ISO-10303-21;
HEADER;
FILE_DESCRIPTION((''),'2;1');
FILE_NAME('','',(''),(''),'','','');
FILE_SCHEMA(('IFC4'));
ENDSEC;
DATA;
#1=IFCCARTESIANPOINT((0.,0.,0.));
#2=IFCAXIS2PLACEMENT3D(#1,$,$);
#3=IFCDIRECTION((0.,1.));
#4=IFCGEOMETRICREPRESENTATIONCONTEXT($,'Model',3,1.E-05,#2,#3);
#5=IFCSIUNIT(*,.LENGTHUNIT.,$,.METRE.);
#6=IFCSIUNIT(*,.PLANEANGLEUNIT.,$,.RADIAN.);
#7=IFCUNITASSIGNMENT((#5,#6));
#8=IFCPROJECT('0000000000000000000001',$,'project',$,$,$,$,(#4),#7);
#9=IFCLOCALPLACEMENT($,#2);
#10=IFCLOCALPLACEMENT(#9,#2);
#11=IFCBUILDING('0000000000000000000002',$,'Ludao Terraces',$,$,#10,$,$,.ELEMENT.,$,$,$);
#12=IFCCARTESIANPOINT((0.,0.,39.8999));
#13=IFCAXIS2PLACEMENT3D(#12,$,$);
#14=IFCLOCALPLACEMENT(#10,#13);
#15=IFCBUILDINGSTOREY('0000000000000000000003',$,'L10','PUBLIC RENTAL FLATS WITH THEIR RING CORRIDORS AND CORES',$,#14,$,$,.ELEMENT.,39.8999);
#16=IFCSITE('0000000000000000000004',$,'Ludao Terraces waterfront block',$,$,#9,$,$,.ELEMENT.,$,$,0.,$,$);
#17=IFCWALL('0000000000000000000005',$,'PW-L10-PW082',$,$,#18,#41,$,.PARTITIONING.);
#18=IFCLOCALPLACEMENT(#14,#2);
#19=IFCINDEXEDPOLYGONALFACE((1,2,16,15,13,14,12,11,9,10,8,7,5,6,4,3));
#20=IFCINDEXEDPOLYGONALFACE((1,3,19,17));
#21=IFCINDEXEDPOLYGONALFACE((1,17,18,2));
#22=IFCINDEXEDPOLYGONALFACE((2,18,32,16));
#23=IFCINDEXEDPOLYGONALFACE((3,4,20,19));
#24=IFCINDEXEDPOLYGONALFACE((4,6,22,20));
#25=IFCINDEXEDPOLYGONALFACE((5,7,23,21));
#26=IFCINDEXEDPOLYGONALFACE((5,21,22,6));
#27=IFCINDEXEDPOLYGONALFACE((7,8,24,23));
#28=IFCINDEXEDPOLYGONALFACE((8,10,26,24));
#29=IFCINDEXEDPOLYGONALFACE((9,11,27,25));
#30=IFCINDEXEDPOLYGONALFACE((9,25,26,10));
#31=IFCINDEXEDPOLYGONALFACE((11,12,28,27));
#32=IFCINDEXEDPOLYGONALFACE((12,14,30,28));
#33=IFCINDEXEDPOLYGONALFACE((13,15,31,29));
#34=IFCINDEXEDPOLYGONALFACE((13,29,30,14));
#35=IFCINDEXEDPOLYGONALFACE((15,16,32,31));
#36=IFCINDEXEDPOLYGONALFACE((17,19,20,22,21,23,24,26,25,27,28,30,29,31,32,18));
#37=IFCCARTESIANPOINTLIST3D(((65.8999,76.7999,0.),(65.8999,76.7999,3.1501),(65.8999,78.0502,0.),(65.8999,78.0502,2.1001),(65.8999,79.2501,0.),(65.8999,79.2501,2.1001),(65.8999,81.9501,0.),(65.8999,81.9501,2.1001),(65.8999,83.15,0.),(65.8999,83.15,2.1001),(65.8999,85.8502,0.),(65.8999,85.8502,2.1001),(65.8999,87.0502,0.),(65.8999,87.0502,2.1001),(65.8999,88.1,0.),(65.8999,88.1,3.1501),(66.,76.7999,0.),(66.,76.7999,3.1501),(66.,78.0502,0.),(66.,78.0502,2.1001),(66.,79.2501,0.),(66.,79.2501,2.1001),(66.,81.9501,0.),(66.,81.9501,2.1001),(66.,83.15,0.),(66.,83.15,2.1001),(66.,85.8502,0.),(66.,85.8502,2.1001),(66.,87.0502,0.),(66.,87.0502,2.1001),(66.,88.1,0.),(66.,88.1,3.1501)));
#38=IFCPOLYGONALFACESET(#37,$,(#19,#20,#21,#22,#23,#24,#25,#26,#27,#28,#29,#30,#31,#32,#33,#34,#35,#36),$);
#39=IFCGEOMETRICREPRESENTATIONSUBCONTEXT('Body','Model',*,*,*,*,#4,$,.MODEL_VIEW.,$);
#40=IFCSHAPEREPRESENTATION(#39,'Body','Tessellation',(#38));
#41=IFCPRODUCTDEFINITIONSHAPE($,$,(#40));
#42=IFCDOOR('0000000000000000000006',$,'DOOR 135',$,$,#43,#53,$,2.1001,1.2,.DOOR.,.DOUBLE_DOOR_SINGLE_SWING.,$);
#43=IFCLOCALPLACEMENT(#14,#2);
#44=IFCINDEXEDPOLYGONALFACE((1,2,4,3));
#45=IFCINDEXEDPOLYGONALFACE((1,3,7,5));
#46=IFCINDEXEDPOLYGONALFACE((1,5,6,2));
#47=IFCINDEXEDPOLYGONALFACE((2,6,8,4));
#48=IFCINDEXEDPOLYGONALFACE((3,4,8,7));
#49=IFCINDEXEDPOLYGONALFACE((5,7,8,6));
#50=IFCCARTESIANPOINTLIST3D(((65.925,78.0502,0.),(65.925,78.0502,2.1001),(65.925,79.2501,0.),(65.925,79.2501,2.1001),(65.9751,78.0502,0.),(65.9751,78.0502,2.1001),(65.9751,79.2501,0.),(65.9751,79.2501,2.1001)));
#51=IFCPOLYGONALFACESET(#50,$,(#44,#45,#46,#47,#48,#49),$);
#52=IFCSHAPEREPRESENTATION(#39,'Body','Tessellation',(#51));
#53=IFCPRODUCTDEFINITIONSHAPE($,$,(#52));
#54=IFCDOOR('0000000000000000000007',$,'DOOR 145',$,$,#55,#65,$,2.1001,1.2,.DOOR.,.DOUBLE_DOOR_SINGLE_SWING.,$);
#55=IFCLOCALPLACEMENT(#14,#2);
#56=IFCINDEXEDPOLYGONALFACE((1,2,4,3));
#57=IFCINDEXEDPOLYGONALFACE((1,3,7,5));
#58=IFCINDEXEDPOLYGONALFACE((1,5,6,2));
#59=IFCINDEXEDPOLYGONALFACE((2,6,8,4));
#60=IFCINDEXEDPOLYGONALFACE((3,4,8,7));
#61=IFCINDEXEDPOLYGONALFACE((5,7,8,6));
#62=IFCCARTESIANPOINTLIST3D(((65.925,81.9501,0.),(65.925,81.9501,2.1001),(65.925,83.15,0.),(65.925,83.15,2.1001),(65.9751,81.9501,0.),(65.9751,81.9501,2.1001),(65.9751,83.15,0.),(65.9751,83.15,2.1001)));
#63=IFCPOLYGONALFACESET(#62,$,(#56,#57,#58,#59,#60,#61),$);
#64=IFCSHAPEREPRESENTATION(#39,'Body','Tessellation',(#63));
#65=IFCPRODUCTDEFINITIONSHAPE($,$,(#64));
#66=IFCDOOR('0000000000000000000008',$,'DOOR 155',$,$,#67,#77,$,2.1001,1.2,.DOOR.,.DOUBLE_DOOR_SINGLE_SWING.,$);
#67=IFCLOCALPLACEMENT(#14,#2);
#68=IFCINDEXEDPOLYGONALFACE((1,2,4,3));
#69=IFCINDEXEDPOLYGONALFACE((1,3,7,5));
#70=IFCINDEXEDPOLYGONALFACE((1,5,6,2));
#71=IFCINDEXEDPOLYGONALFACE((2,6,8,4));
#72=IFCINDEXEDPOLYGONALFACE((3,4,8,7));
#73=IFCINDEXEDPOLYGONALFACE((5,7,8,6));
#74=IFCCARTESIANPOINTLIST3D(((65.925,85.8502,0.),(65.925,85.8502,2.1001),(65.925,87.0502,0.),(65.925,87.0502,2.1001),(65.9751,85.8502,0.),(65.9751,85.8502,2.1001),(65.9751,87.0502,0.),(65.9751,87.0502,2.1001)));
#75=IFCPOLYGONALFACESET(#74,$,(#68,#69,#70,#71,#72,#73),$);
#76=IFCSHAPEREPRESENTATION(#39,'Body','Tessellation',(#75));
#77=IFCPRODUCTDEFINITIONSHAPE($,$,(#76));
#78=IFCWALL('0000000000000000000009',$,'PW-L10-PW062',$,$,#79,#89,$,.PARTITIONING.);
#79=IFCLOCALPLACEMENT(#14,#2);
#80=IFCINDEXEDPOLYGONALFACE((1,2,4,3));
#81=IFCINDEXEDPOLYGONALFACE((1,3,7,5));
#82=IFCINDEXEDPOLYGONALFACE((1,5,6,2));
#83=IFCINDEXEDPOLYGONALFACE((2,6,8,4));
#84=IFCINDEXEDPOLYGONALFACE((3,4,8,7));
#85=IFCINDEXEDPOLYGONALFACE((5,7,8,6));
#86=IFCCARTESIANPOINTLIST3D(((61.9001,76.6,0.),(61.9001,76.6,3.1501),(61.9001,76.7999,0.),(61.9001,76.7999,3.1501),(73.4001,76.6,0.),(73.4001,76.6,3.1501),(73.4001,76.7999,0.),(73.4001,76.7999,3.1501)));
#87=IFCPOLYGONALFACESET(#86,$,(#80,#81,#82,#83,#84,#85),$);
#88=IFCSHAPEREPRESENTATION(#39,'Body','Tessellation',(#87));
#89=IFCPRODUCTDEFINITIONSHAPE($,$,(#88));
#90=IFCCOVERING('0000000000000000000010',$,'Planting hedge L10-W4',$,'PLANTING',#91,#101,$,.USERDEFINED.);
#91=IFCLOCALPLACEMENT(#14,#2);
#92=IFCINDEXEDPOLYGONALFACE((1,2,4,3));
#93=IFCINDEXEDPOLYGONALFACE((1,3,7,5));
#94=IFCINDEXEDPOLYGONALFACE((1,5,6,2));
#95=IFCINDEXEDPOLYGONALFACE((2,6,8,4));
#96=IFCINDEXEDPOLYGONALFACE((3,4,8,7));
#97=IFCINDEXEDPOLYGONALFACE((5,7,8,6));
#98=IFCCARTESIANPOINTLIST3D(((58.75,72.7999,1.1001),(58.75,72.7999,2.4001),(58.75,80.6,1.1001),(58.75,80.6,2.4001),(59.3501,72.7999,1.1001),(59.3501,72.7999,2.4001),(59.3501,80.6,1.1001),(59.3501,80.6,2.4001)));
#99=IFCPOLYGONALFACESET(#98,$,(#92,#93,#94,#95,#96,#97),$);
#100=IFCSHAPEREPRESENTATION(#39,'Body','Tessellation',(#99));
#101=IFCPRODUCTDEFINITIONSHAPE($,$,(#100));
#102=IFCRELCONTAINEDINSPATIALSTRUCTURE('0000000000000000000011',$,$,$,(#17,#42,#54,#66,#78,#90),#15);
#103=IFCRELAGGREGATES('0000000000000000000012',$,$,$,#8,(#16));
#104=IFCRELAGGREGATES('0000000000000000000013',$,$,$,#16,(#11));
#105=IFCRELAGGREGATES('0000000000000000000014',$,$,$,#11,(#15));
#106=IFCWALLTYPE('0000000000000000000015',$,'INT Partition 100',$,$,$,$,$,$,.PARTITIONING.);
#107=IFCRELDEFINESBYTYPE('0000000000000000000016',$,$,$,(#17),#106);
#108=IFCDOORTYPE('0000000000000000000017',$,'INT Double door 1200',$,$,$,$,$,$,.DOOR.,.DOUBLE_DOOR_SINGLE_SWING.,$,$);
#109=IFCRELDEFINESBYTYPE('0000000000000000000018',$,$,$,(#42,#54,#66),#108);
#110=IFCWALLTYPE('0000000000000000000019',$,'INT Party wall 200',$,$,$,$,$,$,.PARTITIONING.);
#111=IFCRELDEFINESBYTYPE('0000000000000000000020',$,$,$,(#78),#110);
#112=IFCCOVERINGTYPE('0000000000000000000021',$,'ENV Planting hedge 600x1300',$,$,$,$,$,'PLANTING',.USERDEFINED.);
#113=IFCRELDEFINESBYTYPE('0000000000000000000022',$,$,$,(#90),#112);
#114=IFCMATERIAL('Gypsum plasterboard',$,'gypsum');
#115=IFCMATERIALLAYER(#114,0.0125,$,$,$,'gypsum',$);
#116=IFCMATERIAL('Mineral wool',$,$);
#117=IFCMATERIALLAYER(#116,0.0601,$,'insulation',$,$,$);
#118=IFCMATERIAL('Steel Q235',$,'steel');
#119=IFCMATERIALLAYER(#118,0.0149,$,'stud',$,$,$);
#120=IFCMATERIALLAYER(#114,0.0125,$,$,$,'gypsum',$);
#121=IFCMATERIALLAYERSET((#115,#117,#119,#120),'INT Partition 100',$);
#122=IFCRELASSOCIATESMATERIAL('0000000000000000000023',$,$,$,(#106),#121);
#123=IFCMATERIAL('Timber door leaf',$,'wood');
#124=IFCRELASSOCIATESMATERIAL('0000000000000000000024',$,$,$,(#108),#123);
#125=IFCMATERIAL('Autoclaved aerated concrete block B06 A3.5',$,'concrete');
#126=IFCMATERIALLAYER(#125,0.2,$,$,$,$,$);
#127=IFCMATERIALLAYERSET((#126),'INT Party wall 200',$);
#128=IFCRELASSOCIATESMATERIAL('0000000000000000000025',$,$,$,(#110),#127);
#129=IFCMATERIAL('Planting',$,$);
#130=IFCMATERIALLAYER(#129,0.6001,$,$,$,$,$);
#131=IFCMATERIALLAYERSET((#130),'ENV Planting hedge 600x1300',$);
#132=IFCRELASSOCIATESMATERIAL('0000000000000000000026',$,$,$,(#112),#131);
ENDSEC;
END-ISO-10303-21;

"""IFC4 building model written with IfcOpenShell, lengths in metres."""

from ifc_helpers import new_model, si_unit, direction, frame, frame_2d, origin, origin_2d, place, context, subcontext, project, spatial, rectangle, extrude, material, layer, layer_set, type_object, element, fill, save


model = new_model("IFC4")

# Units and contexts
model_context = context("Model", 3, precision=1e-05, world=origin(), true_north=direction((0.0, 1.0)))
body_context = subcontext(model_context, "Body", "Model", "MODEL_VIEW")
ifc_project = project(units=[si_unit("LENGTHUNIT", "METRE"), si_unit("PLANEANGLEUNIT", "RADIAN")], contexts=[model_context])

# Site, building, storey
site_placement = place(None, origin())
site = spatial("IfcSite", under=ifc_project, at=site_placement, Name="Ludao Terraces waterfront block", CompositionType="ELEMENT", RefElevation=0.0)
building_placement = place(site_placement, origin())
building = spatial("IfcBuilding", under=site, at=building_placement, Name="Ludao Terraces", CompositionType="ELEMENT")
storey_placement = place(building_placement, frame((0.0, 0.0, 39.8999)))
storey = spatial("IfcBuildingStorey", under=building, at=storey_placement, Name="L10", Description="PUBLIC RENTAL FLATS WITH THEIR RING CORRIDORS AND CORES", CompositionType="ELEMENT", Elevation=39.8999)

# Shared definitions
ifc_material_1 = material(Name="Mineral wool")

# Shared definitions
ifc_material_2 = material(Name="Gypsum plasterboard", Category="gypsum")
ifc_layer_1 = layer(ifc_material_2, 0.0125, Category="gypsum")
ifc_layer_2 = layer(ifc_material_1, 0.0601, Name="insulation")
ifc_material_3 = material(Name="Steel Q235", Category="steel")
ifc_layer_3 = layer(ifc_material_3, 0.0149, Name="stud")
ifc_layer_4 = layer(ifc_material_2, 0.0125, Category="gypsum")
ifc_layer_set_1 = layer_set([ifc_layer_1, ifc_layer_2, ifc_layer_3, ifc_layer_4], Name="INT Partition 100")
wall_type_1 = type_object("IfcWallType", Name="INT Partition 100", PredefinedType="PARTITIONING", material=ifc_layer_set_1)

# Wall, openings, doors
ifc_material_4 = material(Name="Timber door leaf", Category="wood")
door_type_1 = type_object("IfcDoorType", Name="INT Double door 1200", OperationType="DOUBLE_DOOR_SINGLE_SWING", PredefinedType="DOOR", material=ifc_material_4)
wall_1_placement = place(storey_placement, frame((65.95, 76.8, 0.0), z_axis=(0.0, 0.0, 1.0), x_axis=(0.0, 1.0, 0.0)))
wall_1 = element("IfcWall", 1, at=wall_1_placement, inside=storey, type_object=wall_type_1, Name="PW-L10-PW082", PredefinedType="PARTITIONING", context=body_context, shape_type="SweptSolid", body=[
    extrude(rectangle(XDim=11.3, YDim=0.1001, at=frame_2d((5.6499, 0.0))), origin(), (0.0, 0.0, 1.0), 3.1501),
])
opening_1_placement = place(wall_1_placement, frame((1.25, 0.0, 0.0)))
opening_1 = element("IfcOpeningElement", 2, at=opening_1_placement, cuts=wall_1, PredefinedType="OPENING", context=body_context, shape_type="SweptSolid", body=[
    extrude(rectangle(XDim=1.2, YDim=2.1001, at=frame_2d((0.6001, 1.05))), frame((0.0, 0.0601, 0.0), z_axis=(0.0, -1.0, 0.0), x_axis=(1.0, 0.0, 0.0)), (0.0, 0.0, 1.0), 0.1201),
])
opening_2_placement = place(wall_1_placement, frame((5.1499, 0.0, 0.0)))
opening_2 = element("IfcOpeningElement", 3, at=opening_2_placement, cuts=wall_1, PredefinedType="OPENING", context=body_context, shape_type="SweptSolid", body=[
    extrude(rectangle(XDim=1.2, YDim=2.1001, at=frame_2d((0.6001, 1.05))), frame((0.0, 0.0601, 0.0), z_axis=(0.0, -1.0, 0.0), x_axis=(1.0, 0.0, 0.0)), (0.0, 0.0, 1.0), 0.1201),
])
opening_3_placement = place(wall_1_placement, frame((9.05, 0.0, 0.0)))
opening_3 = element("IfcOpeningElement", 4, at=opening_3_placement, cuts=wall_1, PredefinedType="OPENING", context=body_context, shape_type="SweptSolid", body=[
    extrude(rectangle(XDim=1.2, YDim=2.1001, at=frame_2d((0.6001, 1.05))), frame((0.0, 0.0601, 0.0), z_axis=(0.0, -1.0, 0.0), x_axis=(1.0, 0.0, 0.0)), (0.0, 0.0, 1.0), 0.1201),
])
door_1_placement = place(opening_1_placement, origin())
door_1 = element("IfcDoor", 5, at=door_1_placement, inside=storey, type_object=door_type_1, Name="DOOR 135", OperationType="DOUBLE_DOOR_SINGLE_SWING", OverallHeight=2.1001, OverallWidth=1.2, PredefinedType="DOOR", context=body_context, shape_type="SweptSolid", body=[
    extrude(rectangle(XDim=1.2, YDim=2.1001, at=frame_2d((0.6001, 1.05))), frame((0.0, 0.0249, 0.0), z_axis=(0.0, -1.0, 0.0), x_axis=(1.0, 0.0, 0.0)), (0.0, 0.0, 1.0), 0.05),
])
fill(opening_1, door_1)
door_2_placement = place(opening_2_placement, origin())
door_2 = element("IfcDoor", 6, at=door_2_placement, inside=storey, type_object=door_type_1, Name="DOOR 145", OperationType="DOUBLE_DOOR_SINGLE_SWING", OverallHeight=2.1001, OverallWidth=1.2, PredefinedType="DOOR", context=body_context, shape_type="SweptSolid", body=[
    extrude(rectangle(XDim=1.2, YDim=2.1001, at=frame_2d((0.6001, 1.05))), frame((0.0, 0.0249, 0.0), z_axis=(0.0, -1.0, 0.0), x_axis=(1.0, 0.0, 0.0)), (0.0, 0.0, 1.0), 0.05),
])
fill(opening_2, door_2)
door_3_placement = place(opening_3_placement, origin())
door_3 = element("IfcDoor", 7, at=door_3_placement, inside=storey, type_object=door_type_1, Name="DOOR 155", OperationType="DOUBLE_DOOR_SINGLE_SWING", OverallHeight=2.1001, OverallWidth=1.2, PredefinedType="DOOR", context=body_context, shape_type="SweptSolid", body=[
    extrude(rectangle(XDim=1.2, YDim=2.1001, at=frame_2d((0.6001, 1.05))), frame((0.0, 0.0249, 0.0), z_axis=(0.0, -1.0, 0.0), x_axis=(1.0, 0.0, 0.0)), (0.0, 0.0, 1.0), 0.05),
])
fill(opening_3, door_3)

# Wall
ifc_material_5 = material(Name="Autoclaved aerated concrete block B06 A3.5", Category="concrete")
ifc_layer_5 = layer(ifc_material_5, 0.2)
ifc_layer_set_2 = layer_set([ifc_layer_5], Name="INT Party wall 200")
wall_type_2 = type_object("IfcWallType", Name="INT Party wall 200", PredefinedType="PARTITIONING", material=ifc_layer_set_2)
wall_2_placement = place(storey_placement, frame((61.9001, 76.7, 0.0), z_axis=(0.0, 0.0, 1.0), x_axis=(1.0, 0.0, 0.0)))
element("IfcWall", 8, at=wall_2_placement, inside=storey, type_object=wall_type_2, Name="PW-L10-PW062", PredefinedType="PARTITIONING", context=body_context, shape_type="SweptSolid", body=[
    extrude(rectangle(XDim=11.5, YDim=0.2, at=frame_2d((5.75, 0.0))), origin(), (0.0, 0.0, 1.0), 3.1501),
])

# Covering
ifc_material_6 = material(Name="Planting")
ifc_layer_6 = layer(ifc_material_6, 0.6001)
ifc_layer_set_3 = layer_set([ifc_layer_6], Name="ENV Planting hedge 600x1300")
covering_type = type_object("IfcCoveringType", Name="ENV Planting hedge 600x1300", ElementType="PLANTING", PredefinedType="USERDEFINED", material=ifc_layer_set_3)
covering_placement = place(storey_placement, frame((59.05, 76.7, 1.1001), z_axis=(0.0, 0.0, 1.0), x_axis=(1.0, 0.0, 0.0)))
element("IfcCovering", 9, at=covering_placement, inside=storey, type_object=covering_type, Name="Planting hedge L10-W4", ObjectType="PLANTING", PredefinedType="USERDEFINED", context=body_context, shape_type="SweptSolid", body=[
    extrude(rectangle(XDim=0.6001, YDim=7.8, at=origin_2d()), origin(), (0.0, 0.0, 1.0), 1.3),
])

save(model, "model.ifc")
